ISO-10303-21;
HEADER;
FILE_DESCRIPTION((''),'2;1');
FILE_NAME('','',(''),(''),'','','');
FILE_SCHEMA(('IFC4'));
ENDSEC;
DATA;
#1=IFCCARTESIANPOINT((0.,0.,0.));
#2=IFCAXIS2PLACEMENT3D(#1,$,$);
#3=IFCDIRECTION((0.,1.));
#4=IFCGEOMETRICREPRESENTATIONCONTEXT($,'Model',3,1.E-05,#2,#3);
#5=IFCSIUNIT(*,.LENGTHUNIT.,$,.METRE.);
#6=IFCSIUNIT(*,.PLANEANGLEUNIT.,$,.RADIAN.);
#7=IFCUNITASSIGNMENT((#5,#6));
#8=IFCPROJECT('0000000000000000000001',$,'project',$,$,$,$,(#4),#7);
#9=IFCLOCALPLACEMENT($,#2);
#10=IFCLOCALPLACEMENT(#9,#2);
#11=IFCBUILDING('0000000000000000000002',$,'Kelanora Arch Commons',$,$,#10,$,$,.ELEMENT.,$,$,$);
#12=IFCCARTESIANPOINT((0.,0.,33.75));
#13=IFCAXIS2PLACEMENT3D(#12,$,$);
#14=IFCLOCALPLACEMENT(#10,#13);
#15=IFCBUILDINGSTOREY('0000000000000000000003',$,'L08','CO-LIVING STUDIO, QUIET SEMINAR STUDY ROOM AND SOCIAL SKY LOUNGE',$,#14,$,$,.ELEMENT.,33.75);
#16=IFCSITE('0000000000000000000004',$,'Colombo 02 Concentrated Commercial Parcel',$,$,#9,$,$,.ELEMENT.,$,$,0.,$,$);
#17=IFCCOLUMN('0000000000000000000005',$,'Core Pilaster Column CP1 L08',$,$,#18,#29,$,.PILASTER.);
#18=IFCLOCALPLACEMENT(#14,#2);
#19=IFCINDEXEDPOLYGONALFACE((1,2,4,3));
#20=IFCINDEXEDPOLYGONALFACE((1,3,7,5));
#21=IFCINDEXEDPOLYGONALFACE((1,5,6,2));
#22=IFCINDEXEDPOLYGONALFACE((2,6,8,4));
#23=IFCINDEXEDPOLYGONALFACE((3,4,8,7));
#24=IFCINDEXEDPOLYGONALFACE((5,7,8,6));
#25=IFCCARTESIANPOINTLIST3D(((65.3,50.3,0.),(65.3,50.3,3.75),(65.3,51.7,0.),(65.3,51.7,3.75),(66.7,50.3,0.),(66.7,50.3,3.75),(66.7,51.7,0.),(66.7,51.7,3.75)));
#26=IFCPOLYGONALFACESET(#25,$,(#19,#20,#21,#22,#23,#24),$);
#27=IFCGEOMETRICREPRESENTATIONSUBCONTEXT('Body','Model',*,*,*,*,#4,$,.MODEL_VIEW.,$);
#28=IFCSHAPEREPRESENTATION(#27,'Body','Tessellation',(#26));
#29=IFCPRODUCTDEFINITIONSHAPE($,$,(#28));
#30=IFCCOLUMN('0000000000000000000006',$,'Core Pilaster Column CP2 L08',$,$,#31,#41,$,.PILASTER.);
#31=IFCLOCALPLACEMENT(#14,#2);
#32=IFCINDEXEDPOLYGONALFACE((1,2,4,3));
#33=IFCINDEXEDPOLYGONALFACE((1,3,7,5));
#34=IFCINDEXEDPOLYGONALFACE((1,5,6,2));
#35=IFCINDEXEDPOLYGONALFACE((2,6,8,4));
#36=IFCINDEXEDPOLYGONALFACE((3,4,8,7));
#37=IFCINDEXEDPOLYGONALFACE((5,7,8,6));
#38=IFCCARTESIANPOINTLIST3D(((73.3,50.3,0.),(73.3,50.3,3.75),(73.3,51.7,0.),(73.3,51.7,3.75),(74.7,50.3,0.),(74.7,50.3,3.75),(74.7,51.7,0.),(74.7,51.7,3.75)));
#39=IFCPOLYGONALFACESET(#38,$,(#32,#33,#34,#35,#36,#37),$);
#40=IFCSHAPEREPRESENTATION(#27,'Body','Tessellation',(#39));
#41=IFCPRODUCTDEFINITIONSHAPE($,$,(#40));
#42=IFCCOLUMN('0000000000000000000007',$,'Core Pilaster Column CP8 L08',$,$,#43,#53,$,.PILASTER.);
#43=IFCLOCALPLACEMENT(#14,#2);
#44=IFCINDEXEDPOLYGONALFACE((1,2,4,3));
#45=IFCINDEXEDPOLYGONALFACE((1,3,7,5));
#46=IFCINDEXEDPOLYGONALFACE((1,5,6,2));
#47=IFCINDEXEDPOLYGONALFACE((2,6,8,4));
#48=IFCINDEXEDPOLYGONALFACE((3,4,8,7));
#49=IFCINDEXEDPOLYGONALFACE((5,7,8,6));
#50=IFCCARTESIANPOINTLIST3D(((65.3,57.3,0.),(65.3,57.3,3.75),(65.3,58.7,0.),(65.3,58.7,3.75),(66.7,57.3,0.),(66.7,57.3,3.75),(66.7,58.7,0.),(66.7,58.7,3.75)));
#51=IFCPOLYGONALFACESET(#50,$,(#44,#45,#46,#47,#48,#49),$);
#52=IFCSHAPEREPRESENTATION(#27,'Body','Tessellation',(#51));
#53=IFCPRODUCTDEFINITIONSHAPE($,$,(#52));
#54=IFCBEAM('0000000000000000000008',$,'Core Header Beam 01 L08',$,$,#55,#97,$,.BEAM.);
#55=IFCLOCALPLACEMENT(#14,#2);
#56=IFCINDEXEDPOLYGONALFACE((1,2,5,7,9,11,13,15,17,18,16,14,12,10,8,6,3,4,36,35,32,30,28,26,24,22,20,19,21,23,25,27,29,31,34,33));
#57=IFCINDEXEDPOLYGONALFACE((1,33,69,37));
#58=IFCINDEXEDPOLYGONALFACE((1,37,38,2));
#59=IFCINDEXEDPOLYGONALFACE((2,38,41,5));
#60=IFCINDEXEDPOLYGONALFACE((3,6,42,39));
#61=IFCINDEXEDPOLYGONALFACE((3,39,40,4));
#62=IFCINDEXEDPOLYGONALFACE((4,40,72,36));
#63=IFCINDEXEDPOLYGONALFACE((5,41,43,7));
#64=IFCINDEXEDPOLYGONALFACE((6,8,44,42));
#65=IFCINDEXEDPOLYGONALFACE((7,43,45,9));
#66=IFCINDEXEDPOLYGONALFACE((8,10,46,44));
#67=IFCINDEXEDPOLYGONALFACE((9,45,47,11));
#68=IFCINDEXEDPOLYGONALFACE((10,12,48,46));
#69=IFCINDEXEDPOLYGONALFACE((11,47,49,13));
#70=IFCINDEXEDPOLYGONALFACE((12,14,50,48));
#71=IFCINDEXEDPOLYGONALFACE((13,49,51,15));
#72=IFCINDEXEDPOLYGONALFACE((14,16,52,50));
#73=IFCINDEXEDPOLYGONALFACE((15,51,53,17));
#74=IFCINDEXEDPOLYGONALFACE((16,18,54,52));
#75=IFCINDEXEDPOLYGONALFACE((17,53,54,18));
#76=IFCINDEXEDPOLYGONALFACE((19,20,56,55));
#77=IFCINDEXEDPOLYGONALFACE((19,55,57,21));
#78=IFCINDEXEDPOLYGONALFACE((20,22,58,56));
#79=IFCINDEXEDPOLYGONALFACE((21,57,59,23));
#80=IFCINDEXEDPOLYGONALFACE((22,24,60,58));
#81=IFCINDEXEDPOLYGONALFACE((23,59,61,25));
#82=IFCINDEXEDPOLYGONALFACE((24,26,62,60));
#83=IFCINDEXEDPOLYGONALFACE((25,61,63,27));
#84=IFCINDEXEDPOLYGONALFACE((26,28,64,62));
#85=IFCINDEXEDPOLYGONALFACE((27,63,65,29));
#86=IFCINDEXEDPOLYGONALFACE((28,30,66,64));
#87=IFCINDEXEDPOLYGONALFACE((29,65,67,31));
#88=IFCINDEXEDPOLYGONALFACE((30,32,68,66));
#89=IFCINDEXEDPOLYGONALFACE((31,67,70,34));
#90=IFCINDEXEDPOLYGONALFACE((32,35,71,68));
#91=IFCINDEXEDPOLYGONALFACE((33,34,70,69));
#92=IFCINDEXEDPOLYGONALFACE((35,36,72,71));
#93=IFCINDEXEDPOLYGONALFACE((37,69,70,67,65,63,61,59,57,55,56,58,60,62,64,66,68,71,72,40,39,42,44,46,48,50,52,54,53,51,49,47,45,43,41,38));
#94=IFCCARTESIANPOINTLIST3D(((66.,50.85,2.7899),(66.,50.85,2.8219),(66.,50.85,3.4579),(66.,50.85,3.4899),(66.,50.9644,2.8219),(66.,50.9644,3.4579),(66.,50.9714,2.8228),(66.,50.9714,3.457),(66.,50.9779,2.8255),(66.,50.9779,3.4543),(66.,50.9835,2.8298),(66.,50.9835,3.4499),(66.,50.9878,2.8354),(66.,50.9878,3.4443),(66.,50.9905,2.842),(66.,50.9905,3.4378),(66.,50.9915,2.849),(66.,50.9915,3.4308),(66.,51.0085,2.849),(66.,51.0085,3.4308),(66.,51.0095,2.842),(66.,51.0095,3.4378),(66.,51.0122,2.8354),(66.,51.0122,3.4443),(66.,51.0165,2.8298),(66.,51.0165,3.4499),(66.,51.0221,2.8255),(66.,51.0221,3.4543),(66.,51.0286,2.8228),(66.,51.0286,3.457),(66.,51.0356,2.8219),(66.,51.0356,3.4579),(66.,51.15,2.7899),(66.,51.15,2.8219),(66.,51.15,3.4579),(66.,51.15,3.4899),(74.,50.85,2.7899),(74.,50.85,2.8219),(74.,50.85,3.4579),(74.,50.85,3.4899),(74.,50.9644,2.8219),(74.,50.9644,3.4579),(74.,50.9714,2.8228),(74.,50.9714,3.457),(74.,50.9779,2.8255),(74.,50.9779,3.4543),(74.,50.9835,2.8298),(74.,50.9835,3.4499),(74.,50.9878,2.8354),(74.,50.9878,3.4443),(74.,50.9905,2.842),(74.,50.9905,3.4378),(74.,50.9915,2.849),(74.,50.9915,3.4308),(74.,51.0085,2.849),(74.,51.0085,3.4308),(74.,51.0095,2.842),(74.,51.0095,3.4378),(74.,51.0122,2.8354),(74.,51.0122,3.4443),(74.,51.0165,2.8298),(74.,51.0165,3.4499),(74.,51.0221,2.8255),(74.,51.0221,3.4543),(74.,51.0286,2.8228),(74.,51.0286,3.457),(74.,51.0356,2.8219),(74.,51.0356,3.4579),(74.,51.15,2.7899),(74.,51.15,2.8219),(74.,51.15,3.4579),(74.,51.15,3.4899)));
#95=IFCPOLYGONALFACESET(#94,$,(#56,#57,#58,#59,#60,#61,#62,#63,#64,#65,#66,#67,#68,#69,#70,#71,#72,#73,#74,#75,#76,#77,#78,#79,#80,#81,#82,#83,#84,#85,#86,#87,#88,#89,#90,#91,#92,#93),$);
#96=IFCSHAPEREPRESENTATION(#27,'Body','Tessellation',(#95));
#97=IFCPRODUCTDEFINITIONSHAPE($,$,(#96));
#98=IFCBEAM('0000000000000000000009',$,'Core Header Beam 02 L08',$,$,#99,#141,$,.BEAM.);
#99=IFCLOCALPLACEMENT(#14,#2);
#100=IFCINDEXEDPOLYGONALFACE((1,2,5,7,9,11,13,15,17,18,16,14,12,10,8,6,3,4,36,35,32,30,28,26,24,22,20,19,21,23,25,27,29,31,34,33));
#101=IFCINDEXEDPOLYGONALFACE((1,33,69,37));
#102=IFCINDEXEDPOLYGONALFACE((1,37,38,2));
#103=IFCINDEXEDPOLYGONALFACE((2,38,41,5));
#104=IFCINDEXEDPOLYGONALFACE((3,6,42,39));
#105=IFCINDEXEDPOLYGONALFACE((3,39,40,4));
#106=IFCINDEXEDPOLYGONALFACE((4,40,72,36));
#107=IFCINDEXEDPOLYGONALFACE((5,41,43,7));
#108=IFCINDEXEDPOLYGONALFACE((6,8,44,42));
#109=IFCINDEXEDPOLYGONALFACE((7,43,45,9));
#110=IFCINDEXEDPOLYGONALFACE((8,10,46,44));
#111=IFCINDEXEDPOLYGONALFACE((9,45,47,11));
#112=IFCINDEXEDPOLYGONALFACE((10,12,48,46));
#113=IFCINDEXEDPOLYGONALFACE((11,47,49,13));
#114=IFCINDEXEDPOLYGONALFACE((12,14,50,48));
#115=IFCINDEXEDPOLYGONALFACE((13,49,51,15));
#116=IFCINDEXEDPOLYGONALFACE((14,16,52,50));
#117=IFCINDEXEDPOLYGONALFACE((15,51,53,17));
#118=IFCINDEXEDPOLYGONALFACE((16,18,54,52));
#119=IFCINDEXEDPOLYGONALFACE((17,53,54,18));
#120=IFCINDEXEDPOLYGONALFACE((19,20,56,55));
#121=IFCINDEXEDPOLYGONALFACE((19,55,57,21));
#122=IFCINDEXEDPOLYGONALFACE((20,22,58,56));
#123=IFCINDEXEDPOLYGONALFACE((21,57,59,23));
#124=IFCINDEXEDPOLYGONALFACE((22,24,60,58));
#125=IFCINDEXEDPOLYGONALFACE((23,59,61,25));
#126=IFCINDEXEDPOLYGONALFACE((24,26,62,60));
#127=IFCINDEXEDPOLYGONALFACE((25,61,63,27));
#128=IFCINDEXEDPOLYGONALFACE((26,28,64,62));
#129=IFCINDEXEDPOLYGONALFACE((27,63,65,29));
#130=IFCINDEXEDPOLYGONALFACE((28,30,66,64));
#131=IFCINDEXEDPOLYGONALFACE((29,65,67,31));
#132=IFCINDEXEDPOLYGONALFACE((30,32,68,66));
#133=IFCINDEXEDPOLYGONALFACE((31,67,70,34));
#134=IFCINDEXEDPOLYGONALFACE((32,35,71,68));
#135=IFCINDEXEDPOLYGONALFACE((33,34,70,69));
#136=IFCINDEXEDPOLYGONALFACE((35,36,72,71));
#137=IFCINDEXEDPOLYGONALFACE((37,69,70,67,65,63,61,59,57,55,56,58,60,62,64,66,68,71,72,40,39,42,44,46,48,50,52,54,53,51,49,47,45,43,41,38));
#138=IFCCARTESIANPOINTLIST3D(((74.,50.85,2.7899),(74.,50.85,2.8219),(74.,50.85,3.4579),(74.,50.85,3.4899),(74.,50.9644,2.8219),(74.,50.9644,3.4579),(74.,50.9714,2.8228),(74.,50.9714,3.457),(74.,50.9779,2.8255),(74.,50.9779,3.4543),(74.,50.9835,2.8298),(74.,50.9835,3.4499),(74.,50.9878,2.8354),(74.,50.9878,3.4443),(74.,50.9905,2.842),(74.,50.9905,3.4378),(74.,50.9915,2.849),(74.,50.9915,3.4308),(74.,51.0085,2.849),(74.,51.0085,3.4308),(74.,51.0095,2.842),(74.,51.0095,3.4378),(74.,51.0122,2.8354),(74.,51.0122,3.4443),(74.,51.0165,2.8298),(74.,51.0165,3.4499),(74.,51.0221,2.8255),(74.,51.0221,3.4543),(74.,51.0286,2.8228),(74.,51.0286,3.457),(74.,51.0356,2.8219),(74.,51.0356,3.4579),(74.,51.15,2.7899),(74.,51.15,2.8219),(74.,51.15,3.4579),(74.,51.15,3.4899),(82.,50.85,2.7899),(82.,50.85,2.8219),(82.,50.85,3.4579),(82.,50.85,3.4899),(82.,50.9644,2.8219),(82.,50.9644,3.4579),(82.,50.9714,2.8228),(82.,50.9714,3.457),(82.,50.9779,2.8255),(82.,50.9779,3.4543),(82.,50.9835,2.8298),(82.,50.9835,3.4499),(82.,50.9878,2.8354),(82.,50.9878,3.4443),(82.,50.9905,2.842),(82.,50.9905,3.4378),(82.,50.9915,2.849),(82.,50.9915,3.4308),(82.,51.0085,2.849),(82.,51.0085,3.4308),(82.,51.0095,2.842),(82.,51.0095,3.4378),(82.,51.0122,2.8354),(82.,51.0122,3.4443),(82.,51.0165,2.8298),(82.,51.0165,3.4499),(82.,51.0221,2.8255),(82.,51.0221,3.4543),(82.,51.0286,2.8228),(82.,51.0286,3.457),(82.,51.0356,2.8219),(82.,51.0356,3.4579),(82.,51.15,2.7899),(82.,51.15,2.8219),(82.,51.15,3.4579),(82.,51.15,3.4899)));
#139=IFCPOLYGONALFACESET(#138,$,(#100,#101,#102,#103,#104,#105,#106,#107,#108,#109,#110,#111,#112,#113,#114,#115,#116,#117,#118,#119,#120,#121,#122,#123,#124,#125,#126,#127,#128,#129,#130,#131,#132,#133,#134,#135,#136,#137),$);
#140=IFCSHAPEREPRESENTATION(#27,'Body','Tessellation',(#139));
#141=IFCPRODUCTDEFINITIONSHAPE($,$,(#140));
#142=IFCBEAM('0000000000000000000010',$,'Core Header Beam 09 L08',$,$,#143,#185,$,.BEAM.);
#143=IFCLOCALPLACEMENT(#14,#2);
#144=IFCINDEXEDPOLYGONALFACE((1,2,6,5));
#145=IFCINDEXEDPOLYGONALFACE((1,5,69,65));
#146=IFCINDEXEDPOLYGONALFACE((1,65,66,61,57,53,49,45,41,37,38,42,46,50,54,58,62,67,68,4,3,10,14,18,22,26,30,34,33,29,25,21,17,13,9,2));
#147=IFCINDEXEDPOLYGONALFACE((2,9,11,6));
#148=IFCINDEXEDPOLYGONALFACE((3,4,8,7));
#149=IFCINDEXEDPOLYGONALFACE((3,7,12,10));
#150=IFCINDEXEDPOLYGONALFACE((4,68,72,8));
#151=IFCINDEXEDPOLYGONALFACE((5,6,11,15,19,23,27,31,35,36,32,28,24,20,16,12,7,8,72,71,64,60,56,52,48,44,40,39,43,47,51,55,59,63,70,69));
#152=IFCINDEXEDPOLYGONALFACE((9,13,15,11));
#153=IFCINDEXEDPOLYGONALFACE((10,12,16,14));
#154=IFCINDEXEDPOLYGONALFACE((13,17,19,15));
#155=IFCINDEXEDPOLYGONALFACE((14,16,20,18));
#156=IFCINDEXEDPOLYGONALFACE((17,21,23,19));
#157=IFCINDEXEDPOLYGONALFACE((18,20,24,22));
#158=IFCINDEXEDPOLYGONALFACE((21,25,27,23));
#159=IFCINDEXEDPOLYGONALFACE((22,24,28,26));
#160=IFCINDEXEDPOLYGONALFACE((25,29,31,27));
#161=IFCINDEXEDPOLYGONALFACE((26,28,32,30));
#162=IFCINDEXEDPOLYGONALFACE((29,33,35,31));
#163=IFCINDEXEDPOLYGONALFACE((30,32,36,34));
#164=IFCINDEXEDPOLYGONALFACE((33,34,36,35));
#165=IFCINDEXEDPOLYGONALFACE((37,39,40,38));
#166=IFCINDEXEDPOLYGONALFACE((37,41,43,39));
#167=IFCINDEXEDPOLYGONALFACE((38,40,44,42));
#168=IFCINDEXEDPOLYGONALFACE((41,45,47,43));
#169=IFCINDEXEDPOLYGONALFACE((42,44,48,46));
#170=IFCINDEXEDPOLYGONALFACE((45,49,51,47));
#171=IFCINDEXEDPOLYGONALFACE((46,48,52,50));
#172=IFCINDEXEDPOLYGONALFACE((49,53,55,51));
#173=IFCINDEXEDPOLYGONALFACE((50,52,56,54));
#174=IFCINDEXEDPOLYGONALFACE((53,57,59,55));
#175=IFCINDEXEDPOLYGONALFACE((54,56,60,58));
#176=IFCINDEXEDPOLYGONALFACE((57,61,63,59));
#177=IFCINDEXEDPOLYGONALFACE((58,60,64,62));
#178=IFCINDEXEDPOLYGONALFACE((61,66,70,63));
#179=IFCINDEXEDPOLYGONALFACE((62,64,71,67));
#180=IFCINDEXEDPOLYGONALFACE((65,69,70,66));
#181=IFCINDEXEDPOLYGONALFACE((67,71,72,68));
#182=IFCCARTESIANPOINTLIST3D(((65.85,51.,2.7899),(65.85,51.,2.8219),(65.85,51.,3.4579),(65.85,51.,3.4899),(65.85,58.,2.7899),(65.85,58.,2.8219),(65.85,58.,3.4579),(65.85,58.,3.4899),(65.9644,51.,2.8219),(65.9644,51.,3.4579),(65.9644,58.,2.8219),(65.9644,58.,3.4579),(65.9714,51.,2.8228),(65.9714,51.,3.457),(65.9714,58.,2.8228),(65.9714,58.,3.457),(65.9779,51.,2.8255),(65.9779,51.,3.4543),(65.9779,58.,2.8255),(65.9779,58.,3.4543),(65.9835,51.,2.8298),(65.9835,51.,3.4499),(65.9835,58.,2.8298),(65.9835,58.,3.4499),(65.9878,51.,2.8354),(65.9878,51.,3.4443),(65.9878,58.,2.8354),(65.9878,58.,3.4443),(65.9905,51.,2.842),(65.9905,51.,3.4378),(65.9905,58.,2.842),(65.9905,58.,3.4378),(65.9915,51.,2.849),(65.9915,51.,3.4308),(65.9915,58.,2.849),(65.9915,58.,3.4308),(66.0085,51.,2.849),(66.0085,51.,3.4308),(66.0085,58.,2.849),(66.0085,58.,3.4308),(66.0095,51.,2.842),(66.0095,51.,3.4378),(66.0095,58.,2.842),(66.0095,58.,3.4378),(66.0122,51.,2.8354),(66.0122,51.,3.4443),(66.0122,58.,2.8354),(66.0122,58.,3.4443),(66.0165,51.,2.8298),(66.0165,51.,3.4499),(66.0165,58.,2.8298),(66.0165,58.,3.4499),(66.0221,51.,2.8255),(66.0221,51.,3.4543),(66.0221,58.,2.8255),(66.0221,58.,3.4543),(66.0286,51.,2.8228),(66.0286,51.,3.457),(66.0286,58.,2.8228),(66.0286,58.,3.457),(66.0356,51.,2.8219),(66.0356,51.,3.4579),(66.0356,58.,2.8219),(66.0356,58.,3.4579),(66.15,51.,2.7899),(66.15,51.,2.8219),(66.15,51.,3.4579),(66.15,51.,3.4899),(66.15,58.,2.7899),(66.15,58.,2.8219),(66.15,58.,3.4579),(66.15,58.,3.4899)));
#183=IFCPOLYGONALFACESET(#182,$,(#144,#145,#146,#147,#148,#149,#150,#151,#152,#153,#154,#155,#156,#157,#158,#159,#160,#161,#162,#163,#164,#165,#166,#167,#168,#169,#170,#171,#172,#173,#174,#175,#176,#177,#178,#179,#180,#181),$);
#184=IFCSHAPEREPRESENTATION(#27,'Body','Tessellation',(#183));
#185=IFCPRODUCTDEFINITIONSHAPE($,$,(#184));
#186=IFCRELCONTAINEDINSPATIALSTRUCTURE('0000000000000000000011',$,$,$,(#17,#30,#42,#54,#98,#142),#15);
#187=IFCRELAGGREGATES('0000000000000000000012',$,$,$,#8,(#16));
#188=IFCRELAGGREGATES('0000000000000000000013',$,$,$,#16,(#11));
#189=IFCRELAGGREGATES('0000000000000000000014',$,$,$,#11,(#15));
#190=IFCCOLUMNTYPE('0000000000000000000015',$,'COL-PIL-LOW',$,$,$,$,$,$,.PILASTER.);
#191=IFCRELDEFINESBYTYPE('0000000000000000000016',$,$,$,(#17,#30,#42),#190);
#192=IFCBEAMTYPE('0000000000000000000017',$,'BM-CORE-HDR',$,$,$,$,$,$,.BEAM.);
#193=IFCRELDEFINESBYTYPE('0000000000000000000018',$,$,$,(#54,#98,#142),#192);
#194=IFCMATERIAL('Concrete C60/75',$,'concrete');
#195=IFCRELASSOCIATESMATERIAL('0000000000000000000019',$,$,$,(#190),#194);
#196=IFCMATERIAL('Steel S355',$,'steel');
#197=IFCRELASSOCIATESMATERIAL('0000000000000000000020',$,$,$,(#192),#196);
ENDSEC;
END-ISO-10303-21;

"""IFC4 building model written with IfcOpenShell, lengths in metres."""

from ifc_helpers import new_model, si_unit, direction, frame, origin, origin_2d, place, context, subcontext, project, spatial, rectangle, i_section, extrude, material, material_profile, profile_set, type_object, element, save


model = new_model("IFC4")

# Units and contexts
model_context = context("Model", 3, precision=1e-05, world=origin(), true_north=direction((0.0, 1.0)))
body_context = subcontext(model_context, "Body", "Model", "MODEL_VIEW")
ifc_project = project(units=[si_unit("LENGTHUNIT", "METRE"), si_unit("PLANEANGLEUNIT", "RADIAN")], contexts=[model_context])

# Site, building, storey
site_placement = place(None, origin())
site = spatial("IfcSite", under=ifc_project, at=site_placement, Name="Colombo 02 Concentrated Commercial Parcel", CompositionType="ELEMENT", RefElevation=0.0)
building_placement = place(site_placement, origin())
building = spatial("IfcBuilding", under=site, at=building_placement, Name="Kelanora Arch Commons", CompositionType="ELEMENT")
storey_placement = place(building_placement, frame((0.0, 0.0, 33.75)))
storey = spatial("IfcBuildingStorey", under=building, at=storey_placement, Name="L08", Description="CO-LIVING STUDIO, QUIET SEMINAR STUDY ROOM AND SOCIAL SKY LOUNGE", CompositionType="ELEMENT", Elevation=33.75)

# Columns
ifc_material_1 = material(Name="Concrete C60/75", Category="concrete")
ifc_material_profile_1 = material_profile(ifc_material_1, rectangle(XDim=1.3999, YDim=1.3999, at=origin_2d()), Name="RC1400x1400")
ifc_profile_set_1 = profile_set([ifc_material_profile_1], Name="Concrete C60/75")
column_type = type_object("IfcColumnType", Name="COL-PIL-LOW", PredefinedType="PILASTER", material=ifc_profile_set_1)
for number, where, z_axis, x_axis, name in (
    (1, (66.0, 51.0, 0.0), (0.0, 0.0, 1.0), (1.0, 0.0, 0.0), "Core Pilaster Column CP1 L08"),
    (2, (74.0, 51.0, 0.0), (0.0, 0.0, 1.0), (1.0, 0.0, 0.0), "Core Pilaster Column CP2 L08"),
    (3, (66.0, 58.0, 0.0), (0.0, 0.0, 1.0), (1.0, 0.0, 0.0), "Core Pilaster Column CP8 L08"),
):
    element("IfcColumn", number, at=place(storey_placement, frame(where, z_axis=z_axis, x_axis=x_axis)), inside=storey, type_object=column_type, Name=name, PredefinedType="PILASTER", context=body_context, shape_type="SweptSolid", body=[
        extrude(rectangle(XDim=1.3999, YDim=1.3999, at=origin_2d()), origin(), (0.0, 0.0, 1.0), 3.75),
    ])

# Beams
ifc_material_2 = material(Name="Steel S355", Category="steel")
ifc_material_profile_2 = material_profile(ifc_material_2, i_section(OverallWidth=0.3, OverallDepth=0.7, WebThickness=0.0171, FlangeThickness=0.032, FilletRadius=0.0271, at=origin_2d()), Name="HEB700")
ifc_profile_set_2 = profile_set([ifc_material_profile_2], Name="Steel S355")
beam_type_1 = type_object("IfcBeamType", Name="BM-CORE-HDR", PredefinedType="BEAM", material=ifc_profile_set_2)
for number, where, z_axis, x_axis, name in (
    (4, (66.0, 51.0, 3.1399), (1.0, 0.0, 0.0), (0.0, 1.0, 0.0), "Core Header Beam 01 L08"),
    (5, (74.0, 51.0, 3.1399), (1.0, 0.0, 0.0), (0.0, 1.0, 0.0), "Core Header Beam 02 L08"),
):
    element("IfcBeam", number, at=place(storey_placement, frame(where, z_axis=z_axis, x_axis=x_axis)), inside=storey, type_object=beam_type_1, Name=name, PredefinedType="BEAM", context=body_context, shape_type="SweptSolid", body=[
        extrude(i_section(OverallWidth=0.3, OverallDepth=0.7, WebThickness=0.0171, FlangeThickness=0.032, FilletRadius=0.0271, at=origin_2d()), origin(), (0.0, 0.0, 1.0), 8.0),
    ])
beam_1_placement = place(storey_placement, frame((66.0, 58.0, 3.1399), z_axis=(0.0, -1.0, 0.0), x_axis=(1.0, 0.0, 0.0)))
element("IfcBeam", 6, at=beam_1_placement, inside=storey, type_object=beam_type_1, Name="Core Header Beam 09 L08", PredefinedType="BEAM", context=body_context, shape_type="SweptSolid", body=[
    extrude(i_section(OverallWidth=0.3, OverallDepth=0.7, WebThickness=0.0171, FlangeThickness=0.032, FilletRadius=0.0271, at=origin_2d()), origin(), (0.0, 0.0, 1.0), 7.0),
])

save(model, "model.ifc")
